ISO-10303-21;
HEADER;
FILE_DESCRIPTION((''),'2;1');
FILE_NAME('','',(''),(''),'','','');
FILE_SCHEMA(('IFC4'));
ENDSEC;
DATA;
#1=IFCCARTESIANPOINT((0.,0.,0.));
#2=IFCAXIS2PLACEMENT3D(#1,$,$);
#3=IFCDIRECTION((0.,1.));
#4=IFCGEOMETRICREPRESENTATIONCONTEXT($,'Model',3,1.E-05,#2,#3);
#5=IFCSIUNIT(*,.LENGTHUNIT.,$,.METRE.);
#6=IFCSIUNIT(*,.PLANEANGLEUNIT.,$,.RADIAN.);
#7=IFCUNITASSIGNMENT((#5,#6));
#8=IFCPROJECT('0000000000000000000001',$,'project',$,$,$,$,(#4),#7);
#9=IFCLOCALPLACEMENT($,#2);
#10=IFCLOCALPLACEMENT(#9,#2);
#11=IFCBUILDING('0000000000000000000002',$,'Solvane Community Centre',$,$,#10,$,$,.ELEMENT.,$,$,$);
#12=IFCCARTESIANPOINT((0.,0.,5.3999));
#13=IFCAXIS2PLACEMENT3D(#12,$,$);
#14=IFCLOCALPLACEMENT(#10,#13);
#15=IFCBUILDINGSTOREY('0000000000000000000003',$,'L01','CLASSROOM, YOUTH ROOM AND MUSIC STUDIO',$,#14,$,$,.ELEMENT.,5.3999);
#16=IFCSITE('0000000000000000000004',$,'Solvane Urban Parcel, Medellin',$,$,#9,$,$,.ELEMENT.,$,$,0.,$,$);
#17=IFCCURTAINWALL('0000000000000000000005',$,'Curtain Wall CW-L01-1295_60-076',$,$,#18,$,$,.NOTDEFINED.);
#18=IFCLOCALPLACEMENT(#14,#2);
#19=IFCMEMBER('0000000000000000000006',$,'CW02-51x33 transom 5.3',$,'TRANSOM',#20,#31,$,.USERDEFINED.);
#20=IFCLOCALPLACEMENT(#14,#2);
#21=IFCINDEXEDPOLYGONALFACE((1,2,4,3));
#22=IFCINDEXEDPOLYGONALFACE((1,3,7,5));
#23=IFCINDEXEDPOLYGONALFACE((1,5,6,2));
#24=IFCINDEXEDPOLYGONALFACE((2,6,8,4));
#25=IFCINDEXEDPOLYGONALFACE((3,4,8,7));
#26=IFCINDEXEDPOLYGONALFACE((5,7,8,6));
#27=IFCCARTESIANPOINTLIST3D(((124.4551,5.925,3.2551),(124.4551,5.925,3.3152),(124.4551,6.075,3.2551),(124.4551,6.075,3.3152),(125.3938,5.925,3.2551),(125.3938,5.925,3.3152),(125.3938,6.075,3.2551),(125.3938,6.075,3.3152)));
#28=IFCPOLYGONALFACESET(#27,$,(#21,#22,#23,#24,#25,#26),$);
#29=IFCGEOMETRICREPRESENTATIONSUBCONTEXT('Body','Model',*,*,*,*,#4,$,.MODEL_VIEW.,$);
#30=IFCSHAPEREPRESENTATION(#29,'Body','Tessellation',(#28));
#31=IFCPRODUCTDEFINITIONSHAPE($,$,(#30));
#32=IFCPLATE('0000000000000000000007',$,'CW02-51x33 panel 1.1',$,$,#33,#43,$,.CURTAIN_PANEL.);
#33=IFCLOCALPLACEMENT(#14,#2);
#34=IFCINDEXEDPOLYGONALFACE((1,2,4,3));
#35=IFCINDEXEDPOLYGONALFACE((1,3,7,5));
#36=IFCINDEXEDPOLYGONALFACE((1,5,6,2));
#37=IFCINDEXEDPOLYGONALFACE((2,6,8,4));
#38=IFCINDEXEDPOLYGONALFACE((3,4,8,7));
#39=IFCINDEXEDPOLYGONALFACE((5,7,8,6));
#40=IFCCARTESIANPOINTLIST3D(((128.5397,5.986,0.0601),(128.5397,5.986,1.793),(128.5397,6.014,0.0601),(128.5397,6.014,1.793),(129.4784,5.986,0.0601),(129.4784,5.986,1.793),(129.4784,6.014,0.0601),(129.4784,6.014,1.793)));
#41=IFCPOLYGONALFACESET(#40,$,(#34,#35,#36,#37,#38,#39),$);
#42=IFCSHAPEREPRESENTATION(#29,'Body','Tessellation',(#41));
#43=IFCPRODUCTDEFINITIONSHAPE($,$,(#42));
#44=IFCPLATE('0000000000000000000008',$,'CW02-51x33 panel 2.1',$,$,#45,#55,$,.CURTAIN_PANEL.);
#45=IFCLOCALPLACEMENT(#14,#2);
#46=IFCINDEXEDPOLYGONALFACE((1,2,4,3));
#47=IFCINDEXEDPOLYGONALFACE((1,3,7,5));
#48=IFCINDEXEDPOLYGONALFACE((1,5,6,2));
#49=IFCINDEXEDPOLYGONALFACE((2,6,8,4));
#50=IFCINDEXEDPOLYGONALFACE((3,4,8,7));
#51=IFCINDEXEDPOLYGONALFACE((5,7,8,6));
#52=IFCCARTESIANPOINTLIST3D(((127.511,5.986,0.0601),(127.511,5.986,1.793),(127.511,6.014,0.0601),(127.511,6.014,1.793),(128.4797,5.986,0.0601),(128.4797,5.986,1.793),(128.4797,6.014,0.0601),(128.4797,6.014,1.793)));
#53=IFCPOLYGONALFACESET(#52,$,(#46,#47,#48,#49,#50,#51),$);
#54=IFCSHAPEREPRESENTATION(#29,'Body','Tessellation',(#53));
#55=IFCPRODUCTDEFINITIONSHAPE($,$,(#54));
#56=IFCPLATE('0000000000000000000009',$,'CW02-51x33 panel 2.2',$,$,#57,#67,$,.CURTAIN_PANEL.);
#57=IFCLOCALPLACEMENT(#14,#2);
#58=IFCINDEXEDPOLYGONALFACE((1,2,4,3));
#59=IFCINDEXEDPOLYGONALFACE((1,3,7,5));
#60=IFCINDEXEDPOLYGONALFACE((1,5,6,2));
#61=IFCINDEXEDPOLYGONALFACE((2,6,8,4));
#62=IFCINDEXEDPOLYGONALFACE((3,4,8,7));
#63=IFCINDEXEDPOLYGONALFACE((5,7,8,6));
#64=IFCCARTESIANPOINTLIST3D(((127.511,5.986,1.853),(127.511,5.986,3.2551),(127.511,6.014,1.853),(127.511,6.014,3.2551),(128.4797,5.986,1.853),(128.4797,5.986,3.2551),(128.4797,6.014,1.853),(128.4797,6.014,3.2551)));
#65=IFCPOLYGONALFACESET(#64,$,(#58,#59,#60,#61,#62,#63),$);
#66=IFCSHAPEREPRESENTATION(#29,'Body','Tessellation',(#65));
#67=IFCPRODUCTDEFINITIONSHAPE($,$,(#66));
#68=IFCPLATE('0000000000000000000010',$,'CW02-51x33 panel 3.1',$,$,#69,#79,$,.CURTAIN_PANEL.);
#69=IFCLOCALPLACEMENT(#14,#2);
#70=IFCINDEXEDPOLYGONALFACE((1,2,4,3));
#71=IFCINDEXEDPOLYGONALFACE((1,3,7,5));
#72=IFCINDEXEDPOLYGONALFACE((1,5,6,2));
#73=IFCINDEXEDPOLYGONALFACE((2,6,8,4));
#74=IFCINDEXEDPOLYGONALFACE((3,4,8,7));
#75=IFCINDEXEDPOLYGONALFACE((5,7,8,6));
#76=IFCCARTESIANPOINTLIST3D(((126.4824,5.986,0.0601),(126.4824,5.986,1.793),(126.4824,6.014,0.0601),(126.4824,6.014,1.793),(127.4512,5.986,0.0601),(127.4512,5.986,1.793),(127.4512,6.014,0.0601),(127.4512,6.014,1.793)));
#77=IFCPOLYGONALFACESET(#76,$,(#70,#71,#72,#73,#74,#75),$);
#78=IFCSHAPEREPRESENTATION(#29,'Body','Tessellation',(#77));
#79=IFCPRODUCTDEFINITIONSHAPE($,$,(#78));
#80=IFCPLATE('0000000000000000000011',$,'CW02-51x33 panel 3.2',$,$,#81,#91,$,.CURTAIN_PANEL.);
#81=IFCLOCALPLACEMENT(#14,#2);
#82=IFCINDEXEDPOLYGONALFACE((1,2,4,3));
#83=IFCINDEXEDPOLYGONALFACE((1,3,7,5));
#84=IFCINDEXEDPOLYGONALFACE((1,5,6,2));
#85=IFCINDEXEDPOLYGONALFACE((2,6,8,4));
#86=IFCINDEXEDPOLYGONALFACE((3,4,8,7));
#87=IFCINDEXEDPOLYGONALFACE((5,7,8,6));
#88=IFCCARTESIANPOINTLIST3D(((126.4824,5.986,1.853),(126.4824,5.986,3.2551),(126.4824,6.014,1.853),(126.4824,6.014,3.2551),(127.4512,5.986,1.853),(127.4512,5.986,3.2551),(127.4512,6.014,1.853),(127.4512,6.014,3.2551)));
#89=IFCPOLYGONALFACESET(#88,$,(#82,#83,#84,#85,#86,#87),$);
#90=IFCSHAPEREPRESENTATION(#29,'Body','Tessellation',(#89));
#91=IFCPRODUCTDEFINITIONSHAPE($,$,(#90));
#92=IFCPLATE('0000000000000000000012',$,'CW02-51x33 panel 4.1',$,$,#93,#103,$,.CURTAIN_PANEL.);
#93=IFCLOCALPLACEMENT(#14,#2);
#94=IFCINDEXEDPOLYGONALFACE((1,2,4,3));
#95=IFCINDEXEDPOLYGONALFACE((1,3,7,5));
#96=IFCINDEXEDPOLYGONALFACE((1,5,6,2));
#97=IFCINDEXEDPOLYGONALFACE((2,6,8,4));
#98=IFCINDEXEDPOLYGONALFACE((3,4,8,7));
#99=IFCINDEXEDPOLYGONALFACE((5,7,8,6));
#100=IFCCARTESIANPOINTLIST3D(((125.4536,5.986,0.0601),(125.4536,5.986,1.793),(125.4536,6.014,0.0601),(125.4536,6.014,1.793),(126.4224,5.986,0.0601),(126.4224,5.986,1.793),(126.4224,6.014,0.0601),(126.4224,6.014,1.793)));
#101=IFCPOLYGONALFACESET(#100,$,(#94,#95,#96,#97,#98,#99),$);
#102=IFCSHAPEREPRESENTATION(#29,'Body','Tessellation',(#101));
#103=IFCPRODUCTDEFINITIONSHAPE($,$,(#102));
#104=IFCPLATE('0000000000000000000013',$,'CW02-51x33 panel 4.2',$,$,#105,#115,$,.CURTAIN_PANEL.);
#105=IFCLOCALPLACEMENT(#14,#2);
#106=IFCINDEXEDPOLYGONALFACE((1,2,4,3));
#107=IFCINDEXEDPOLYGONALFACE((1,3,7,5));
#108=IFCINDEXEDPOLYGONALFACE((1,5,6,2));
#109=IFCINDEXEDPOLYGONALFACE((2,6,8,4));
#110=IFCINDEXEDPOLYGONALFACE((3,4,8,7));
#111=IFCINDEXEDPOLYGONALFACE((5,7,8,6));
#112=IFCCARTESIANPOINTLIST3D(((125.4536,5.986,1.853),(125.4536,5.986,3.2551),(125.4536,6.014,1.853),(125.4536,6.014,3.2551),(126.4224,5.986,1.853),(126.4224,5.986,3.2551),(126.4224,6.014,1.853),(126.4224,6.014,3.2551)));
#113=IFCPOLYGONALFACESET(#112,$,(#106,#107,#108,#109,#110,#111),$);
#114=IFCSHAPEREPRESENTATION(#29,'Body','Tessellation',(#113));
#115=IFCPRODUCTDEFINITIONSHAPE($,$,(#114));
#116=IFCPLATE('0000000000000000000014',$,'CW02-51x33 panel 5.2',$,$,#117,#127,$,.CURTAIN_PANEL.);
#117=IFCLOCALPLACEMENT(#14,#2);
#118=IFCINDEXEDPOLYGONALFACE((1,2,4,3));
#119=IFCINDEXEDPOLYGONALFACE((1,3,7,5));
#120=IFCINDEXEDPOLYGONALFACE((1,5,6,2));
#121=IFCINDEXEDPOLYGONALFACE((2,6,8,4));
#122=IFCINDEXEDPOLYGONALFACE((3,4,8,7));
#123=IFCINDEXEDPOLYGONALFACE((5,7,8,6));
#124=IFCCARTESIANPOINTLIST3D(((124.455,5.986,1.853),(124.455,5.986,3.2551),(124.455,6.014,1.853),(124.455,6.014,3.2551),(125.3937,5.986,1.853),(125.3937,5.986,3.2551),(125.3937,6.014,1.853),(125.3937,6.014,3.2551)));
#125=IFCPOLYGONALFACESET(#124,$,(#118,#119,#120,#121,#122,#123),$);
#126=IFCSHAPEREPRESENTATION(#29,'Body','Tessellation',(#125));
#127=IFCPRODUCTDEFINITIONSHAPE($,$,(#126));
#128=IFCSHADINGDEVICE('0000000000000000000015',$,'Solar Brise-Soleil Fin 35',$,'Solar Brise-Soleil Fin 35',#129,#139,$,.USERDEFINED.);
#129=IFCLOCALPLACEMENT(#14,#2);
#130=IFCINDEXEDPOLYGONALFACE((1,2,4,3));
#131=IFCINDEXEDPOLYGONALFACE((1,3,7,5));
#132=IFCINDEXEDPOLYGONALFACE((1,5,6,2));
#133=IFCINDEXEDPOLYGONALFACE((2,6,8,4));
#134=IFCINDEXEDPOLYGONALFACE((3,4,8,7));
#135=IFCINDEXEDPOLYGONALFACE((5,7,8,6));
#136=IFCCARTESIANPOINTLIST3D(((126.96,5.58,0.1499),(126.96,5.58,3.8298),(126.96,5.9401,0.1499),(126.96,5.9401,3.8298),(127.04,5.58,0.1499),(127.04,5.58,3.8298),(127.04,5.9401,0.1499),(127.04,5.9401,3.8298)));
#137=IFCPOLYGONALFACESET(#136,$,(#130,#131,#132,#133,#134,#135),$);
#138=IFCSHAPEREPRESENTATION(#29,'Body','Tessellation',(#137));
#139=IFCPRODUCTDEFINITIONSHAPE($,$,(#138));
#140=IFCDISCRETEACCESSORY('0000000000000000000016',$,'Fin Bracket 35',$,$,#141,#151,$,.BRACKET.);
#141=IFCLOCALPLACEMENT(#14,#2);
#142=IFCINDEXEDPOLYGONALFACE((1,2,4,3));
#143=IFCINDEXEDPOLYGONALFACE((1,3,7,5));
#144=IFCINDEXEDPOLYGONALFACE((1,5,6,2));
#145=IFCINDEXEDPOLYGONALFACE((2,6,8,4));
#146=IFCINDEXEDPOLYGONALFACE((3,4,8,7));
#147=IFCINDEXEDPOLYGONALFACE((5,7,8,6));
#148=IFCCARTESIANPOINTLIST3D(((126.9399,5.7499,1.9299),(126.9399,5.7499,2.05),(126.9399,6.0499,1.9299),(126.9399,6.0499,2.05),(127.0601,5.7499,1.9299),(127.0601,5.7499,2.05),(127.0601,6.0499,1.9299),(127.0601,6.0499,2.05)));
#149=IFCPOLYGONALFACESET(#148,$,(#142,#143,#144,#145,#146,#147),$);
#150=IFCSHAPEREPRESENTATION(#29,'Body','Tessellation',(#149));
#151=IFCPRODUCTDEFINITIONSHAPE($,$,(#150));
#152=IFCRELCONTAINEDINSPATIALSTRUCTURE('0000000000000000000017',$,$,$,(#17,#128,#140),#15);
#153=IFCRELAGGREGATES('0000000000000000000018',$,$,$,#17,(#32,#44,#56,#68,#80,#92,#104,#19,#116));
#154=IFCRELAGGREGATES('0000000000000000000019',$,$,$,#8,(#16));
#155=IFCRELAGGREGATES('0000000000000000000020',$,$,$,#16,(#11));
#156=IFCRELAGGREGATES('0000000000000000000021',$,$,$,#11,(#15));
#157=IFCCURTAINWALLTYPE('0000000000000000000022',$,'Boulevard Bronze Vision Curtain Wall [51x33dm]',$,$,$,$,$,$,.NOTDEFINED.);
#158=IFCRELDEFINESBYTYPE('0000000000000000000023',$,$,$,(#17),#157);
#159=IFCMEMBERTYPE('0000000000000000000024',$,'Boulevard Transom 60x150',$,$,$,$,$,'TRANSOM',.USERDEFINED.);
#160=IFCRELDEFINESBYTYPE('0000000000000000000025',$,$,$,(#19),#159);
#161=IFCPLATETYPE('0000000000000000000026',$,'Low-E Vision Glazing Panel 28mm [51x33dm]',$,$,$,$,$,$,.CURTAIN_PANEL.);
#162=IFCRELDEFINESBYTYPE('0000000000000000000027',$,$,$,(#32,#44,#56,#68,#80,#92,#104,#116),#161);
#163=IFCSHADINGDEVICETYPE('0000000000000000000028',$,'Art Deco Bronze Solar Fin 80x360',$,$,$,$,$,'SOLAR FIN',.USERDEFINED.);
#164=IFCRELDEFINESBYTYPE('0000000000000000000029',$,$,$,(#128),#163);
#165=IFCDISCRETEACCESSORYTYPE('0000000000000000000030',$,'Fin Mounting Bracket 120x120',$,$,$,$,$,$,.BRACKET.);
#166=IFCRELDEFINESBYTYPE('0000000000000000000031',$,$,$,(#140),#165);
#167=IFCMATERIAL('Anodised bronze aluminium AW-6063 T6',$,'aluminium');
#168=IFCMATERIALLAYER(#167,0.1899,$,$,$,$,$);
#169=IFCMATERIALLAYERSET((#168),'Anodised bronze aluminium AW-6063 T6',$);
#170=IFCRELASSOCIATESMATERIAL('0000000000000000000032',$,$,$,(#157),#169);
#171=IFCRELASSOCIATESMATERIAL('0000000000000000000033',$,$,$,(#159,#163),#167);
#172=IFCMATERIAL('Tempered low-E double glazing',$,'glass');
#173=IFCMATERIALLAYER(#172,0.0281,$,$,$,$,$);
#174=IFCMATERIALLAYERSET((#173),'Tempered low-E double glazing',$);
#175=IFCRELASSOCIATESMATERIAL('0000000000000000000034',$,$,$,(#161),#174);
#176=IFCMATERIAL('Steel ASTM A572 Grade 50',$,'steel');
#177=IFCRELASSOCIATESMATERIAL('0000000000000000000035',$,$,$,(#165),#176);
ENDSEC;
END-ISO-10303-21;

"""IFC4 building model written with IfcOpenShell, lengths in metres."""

from ifc_helpers import new_model, si_unit, direction, frame, origin, origin_2d, place, context, subcontext, project, spatial, rectangle, extrude, material, layer, layer_set, material_profile, profile_set, type_object, element, aggregate, save


model = new_model("IFC4")

# Units and contexts
model_context = context("Model", 3, precision=1e-05, world=origin(), true_north=direction((0.0, 1.0)))
body_context = subcontext(model_context, "Body", "Model", "MODEL_VIEW")
ifc_project = project(units=[si_unit("LENGTHUNIT", "METRE"), si_unit("PLANEANGLEUNIT", "RADIAN")], contexts=[model_context])

# Site, building, storey
site_placement = place(None, origin())
site = spatial("IfcSite", under=ifc_project, at=site_placement, Name="Solvane Urban Parcel, Medellin", CompositionType="ELEMENT", RefElevation=0.0)
building_placement = place(site_placement, origin())
building = spatial("IfcBuilding", under=site, at=building_placement, Name="Solvane Community Centre", CompositionType="ELEMENT")
storey_placement = place(building_placement, frame((0.0, 0.0, 5.3999)))
storey = spatial("IfcBuildingStorey", under=building, at=storey_placement, Name="L01", Description="CLASSROOM, YOUTH ROOM AND MUSIC STUDIO", CompositionType="ELEMENT", Elevation=5.3999)

# Curtain wall, member, plates
ifc_material_1 = material(Name="Anodised bronze aluminium AW-6063 T6", Category="aluminium")
ifc_layer_1 = layer(ifc_material_1, 0.1899)
ifc_layer_set_1 = layer_set([ifc_layer_1], Name="Anodised bronze aluminium AW-6063 T6")
curtain_wall_type = type_object("IfcCurtainWallType", Name="Boulevard Bronze Vision Curtain Wall [51x33dm]", PredefinedType="NOTDEFINED", material=ifc_layer_set_1)
curtain_wall_placement = place(storey_placement, origin())
curtain_wall = element("IfcCurtainWall", 1, at=curtain_wall_placement, inside=storey, type_object=curtain_wall_type, Name="Curtain Wall CW-L01-1295_60-076", PredefinedType="NOTDEFINED")
ifc_material_profile_1 = material_profile(ifc_material_1, rectangle(XDim=0.1499, YDim=0.0601, at=origin_2d()), Name="CW-T 60x150")
ifc_profile_set_1 = profile_set([ifc_material_profile_1], Name="Anodised bronze aluminium AW-6063 T6")
member_type_1 = type_object("IfcMemberType", Name="Boulevard Transom 60x150", ElementType="TRANSOM", PredefinedType="USERDEFINED", material=ifc_profile_set_1)
member_1_placement = place(storey_placement, frame((125.3938, 6.0, 3.2852), z_axis=(-1.0, 0.0, 0.0), x_axis=(0.0, -1.0, 0.0)))
member_1 = element("IfcMember", 2, at=member_1_placement, type_object=member_type_1, Name="CW02-51x33 transom 5.3", ObjectType="TRANSOM", PredefinedType="USERDEFINED", context=body_context, shape_type="SweptSolid", body=[
    extrude(rectangle(XDim=0.1499, YDim=0.0601, at=origin_2d()), origin(), (0.0, 0.0, 1.0), 0.9387),
])
ifc_material_2 = material(Name="Tempered low-E double glazing", Category="glass")
ifc_layer_2 = layer(ifc_material_2, 0.0281)
ifc_layer_set_2 = layer_set([ifc_layer_2], Name="Tempered low-E double glazing")
plate_type = type_object("IfcPlateType", Name="Low-E Vision Glazing Panel 28mm [51x33dm]", PredefinedType="CURTAIN_PANEL", material=ifc_layer_set_2)
plate_1_placement = place(storey_placement, frame((129.009, 6.0, 0.0601), z_axis=(0.0, 0.0, 1.0), x_axis=(-1.0, 0.0, 0.0)))
plate_1 = element("IfcPlate", 3, at=plate_1_placement, type_object=plate_type, Name="CW02-51x33 panel 1.1", PredefinedType="CURTAIN_PANEL", context=body_context, shape_type="SweptSolid", body=[
    extrude(rectangle(XDim=0.9387, YDim=0.0281, at=origin_2d()), origin(), (0.0, 0.0, 1.0), 1.7329),
])
plate_2_placement = place(storey_placement, frame((127.9954, 6.0, 0.0601), z_axis=(0.0, 0.0, 1.0), x_axis=(-1.0, 0.0, 0.0)))
plate_2 = element("IfcPlate", 4, at=plate_2_placement, type_object=plate_type, Name="CW02-51x33 panel 2.1", PredefinedType="CURTAIN_PANEL", context=body_context, shape_type="SweptSolid", body=[
    extrude(rectangle(XDim=0.9688, YDim=0.0281, at=origin_2d()), origin(), (0.0, 0.0, 1.0), 1.7329),
])
plate_3_placement = place(storey_placement, frame((127.9954, 6.0, 1.853), z_axis=(0.0, 0.0, 1.0), x_axis=(-1.0, 0.0, 0.0)))
plate_3 = element("IfcPlate", 5, at=plate_3_placement, type_object=plate_type, Name="CW02-51x33 panel 2.2", PredefinedType="CURTAIN_PANEL", context=body_context, shape_type="SweptSolid", body=[
    extrude(rectangle(XDim=0.9688, YDim=0.0281, at=origin_2d()), origin(), (0.0, 0.0, 1.0), 1.4021),
])
plate_4_placement = place(storey_placement, frame((126.9668, 6.0, 0.0601), z_axis=(0.0, 0.0, 1.0), x_axis=(-1.0, 0.0, 0.0)))
plate_4 = element("IfcPlate", 6, at=plate_4_placement, type_object=plate_type, Name="CW02-51x33 panel 3.1", PredefinedType="CURTAIN_PANEL", context=body_context, shape_type="SweptSolid", body=[
    extrude(rectangle(XDim=0.9688, YDim=0.0281, at=origin_2d()), origin(), (0.0, 0.0, 1.0), 1.7329),
])
plate_5_placement = place(storey_placement, frame((126.9668, 6.0, 1.853), z_axis=(0.0, 0.0, 1.0), x_axis=(-1.0, 0.0, 0.0)))
plate_5 = element("IfcPlate", 7, at=plate_5_placement, type_object=plate_type, Name="CW02-51x33 panel 3.2", PredefinedType="CURTAIN_PANEL", context=body_context, shape_type="SweptSolid", body=[
    extrude(rectangle(XDim=0.9688, YDim=0.0281, at=origin_2d()), origin(), (0.0, 0.0, 1.0), 1.4021),
])
plate_6_placement = place(storey_placement, frame((125.938, 6.0, 0.0601), z_axis=(0.0, 0.0, 1.0), x_axis=(-1.0, 0.0, 0.0)))
plate_6 = element("IfcPlate", 8, at=plate_6_placement, type_object=plate_type, Name="CW02-51x33 panel 4.1", PredefinedType="CURTAIN_PANEL", context=body_context, shape_type="SweptSolid", body=[
    extrude(rectangle(XDim=0.9688, YDim=0.0281, at=origin_2d()), origin(), (0.0, 0.0, 1.0), 1.7329),
])
plate_7_placement = place(storey_placement, frame((125.938, 6.0, 1.853), z_axis=(0.0, 0.0, 1.0), x_axis=(-1.0, 0.0, 0.0)))
plate_7 = element("IfcPlate", 9, at=plate_7_placement, type_object=plate_type, Name="CW02-51x33 panel 4.2", PredefinedType="CURTAIN_PANEL", context=body_context, shape_type="SweptSolid", body=[
    extrude(rectangle(XDim=0.9688, YDim=0.0281, at=origin_2d()), origin(), (0.0, 0.0, 1.0), 1.4021),
])
plate_8_placement = place(storey_placement, frame((124.9243, 6.0, 1.853), z_axis=(0.0, 0.0, 1.0), x_axis=(-1.0, 0.0, 0.0)))
plate_8 = element("IfcPlate", 10, at=plate_8_placement, type_object=plate_type, Name="CW02-51x33 panel 5.2", PredefinedType="CURTAIN_PANEL", context=body_context, shape_type="SweptSolid", body=[
    extrude(rectangle(XDim=0.9387, YDim=0.0281, at=origin_2d()), origin(), (0.0, 0.0, 1.0), 1.4021),
])
aggregate(curtain_wall, [plate_1, plate_2, plate_3, plate_4, plate_5, plate_6, plate_7, member_1, plate_8])

# Shading device
shading_device_type = type_object("IfcShadingDeviceType", Name="Art Deco Bronze Solar Fin 80x360", ElementType="SOLAR FIN", PredefinedType="USERDEFINED", material=ifc_material_1)
shading_device_placement = place(storey_placement, frame((127.0, 5.76, 0.1499), z_axis=(0.0, 0.0, 1.0), x_axis=(-1.0, 0.0, 0.0)))
element("IfcShadingDevice", 11, at=shading_device_placement, inside=storey, type_object=shading_device_type, Name="Solar Brise-Soleil Fin 35", ObjectType="Solar Brise-Soleil Fin 35", PredefinedType="USERDEFINED", context=body_context, shape_type="SweptSolid", body=[
    extrude(rectangle(XDim=0.0801, YDim=0.3601, at=origin_2d()), origin(), (0.0, 0.0, 1.0), 3.6799),
])

# Discrete accessory
ifc_material_3 = material(Name="Steel ASTM A572 Grade 50", Category="steel")
discrete_accessory_type = type_object("IfcDiscreteAccessoryType", Name="Fin Mounting Bracket 120x120", PredefinedType="BRACKET", material=ifc_material_3)
discrete_accessory_placement = place(storey_placement, frame((127.0, 5.8999, 1.9299), z_axis=(0.0, 0.0, 1.0), x_axis=(-1.0, 0.0, 0.0)))
element("IfcDiscreteAccessory", 12, at=discrete_accessory_placement, inside=storey, type_object=discrete_accessory_type, Name="Fin Bracket 35", PredefinedType="BRACKET", context=body_context, shape_type="SweptSolid", body=[
    extrude(rectangle(XDim=0.1201, YDim=0.3, at=origin_2d()), origin(), (0.0, 0.0, 1.0), 0.1201),
])

save(model, "model.ifc")
